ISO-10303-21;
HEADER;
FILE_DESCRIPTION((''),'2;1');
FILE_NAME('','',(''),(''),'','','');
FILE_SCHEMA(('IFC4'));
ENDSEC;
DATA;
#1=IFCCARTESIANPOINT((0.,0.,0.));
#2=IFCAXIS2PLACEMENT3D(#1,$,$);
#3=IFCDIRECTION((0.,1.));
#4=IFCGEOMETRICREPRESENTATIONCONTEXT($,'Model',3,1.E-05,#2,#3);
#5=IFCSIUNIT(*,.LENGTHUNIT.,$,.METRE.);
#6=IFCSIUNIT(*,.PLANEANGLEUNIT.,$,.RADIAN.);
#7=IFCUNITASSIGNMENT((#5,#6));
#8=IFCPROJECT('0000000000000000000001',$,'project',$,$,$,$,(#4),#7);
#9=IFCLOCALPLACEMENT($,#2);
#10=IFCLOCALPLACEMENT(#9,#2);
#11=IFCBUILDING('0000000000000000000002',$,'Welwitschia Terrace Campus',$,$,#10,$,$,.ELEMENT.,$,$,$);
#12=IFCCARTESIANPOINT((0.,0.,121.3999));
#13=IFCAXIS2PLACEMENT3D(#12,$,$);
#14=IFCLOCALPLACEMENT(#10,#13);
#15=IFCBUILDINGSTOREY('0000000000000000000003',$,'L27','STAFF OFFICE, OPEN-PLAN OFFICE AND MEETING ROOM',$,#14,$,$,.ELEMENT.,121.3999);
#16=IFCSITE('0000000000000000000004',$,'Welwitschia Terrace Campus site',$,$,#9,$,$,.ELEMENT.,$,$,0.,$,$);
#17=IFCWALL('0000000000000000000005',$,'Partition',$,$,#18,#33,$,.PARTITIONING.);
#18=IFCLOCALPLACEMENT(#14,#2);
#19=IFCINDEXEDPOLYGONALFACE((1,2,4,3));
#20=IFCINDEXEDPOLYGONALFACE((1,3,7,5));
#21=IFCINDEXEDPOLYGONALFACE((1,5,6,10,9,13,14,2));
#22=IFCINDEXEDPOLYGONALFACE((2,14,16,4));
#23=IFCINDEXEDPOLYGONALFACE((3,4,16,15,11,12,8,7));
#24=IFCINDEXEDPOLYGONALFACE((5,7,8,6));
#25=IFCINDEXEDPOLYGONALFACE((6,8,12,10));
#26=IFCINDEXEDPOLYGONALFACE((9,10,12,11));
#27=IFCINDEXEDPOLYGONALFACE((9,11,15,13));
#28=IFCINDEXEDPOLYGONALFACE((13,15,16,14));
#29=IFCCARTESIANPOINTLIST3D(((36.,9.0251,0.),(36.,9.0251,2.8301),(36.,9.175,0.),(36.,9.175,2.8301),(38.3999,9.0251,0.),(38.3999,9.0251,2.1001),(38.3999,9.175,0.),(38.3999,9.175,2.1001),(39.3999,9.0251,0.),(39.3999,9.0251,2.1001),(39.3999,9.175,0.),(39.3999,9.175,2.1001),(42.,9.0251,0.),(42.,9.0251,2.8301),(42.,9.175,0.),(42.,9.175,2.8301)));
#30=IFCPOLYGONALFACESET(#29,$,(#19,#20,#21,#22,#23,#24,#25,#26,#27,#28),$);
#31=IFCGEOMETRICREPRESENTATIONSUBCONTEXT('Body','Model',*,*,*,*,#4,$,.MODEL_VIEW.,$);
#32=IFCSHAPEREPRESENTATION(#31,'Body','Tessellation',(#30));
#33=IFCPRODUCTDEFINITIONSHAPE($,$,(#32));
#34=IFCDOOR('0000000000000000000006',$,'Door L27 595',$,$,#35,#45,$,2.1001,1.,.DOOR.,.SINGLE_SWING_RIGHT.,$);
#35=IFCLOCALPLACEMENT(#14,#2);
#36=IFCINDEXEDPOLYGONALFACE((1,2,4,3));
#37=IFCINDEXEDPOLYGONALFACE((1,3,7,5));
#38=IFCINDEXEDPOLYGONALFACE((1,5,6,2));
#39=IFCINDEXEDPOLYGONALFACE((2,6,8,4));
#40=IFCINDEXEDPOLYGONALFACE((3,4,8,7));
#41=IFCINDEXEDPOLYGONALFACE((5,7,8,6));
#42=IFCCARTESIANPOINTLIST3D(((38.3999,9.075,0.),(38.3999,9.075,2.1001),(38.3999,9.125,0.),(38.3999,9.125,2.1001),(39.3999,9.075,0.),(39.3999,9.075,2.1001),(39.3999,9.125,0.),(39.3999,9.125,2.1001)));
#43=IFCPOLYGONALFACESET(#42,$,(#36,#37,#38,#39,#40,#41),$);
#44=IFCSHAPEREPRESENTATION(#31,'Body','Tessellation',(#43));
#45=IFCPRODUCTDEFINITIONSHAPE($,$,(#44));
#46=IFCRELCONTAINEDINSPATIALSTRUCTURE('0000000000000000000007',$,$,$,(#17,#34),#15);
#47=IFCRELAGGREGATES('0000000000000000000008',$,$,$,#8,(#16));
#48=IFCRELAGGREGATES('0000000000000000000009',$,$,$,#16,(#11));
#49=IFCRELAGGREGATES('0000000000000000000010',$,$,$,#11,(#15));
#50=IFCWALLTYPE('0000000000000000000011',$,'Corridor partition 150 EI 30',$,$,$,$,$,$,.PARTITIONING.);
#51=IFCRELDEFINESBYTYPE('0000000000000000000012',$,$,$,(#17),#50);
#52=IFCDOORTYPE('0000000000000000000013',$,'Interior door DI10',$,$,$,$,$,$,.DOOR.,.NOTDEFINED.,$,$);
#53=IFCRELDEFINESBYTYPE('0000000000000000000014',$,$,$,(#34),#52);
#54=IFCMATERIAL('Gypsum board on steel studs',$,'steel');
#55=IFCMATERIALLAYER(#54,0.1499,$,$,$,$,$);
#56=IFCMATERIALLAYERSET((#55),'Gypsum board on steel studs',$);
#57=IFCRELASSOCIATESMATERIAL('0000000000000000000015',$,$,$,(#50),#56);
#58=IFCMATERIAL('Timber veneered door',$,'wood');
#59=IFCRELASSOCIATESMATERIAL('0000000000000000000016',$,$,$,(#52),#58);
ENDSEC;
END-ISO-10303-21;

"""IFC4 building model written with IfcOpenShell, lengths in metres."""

from ifc_helpers import new_model, si_unit, direction, frame, frame_2d, origin, place, context, subcontext, project, spatial, rectangle, extrude, material, layer, layer_set, type_object, element, fill, save


model = new_model("IFC4")

# Units and contexts
model_context = context("Model", 3, precision=1e-05, world=origin(), true_north=direction((0.0, 1.0)))
body_context = subcontext(model_context, "Body", "Model", "MODEL_VIEW")
ifc_project = project(units=[si_unit("LENGTHUNIT", "METRE"), si_unit("PLANEANGLEUNIT", "RADIAN")], contexts=[model_context])

# Site, building, storey
site_placement = place(None, origin())
site = spatial("IfcSite", under=ifc_project, at=site_placement, Name="Welwitschia Terrace Campus site", CompositionType="ELEMENT", RefElevation=0.0)
building_placement = place(site_placement, origin())
building = spatial("IfcBuilding", under=site, at=building_placement, Name="Welwitschia Terrace Campus", CompositionType="ELEMENT")
storey_placement = place(building_placement, frame((0.0, 0.0, 121.3999)))
storey = spatial("IfcBuildingStorey", under=building, at=storey_placement, Name="L27", Description="STAFF OFFICE, OPEN-PLAN OFFICE AND MEETING ROOM", CompositionType="ELEMENT", Elevation=121.3999)

# Shared definitions
ifc_material_1 = material(Name="Gypsum board on steel studs", Category="steel")
ifc_layer_1 = layer(ifc_material_1, 0.1499)
ifc_layer_set_1 = layer_set([ifc_layer_1], Name="Gypsum board on steel studs")
wall_type = type_object("IfcWallType", Name="Corridor partition 150 EI 30", PredefinedType="PARTITIONING", material=ifc_layer_set_1)

# Wall, opening, door
wall_1_placement = place(storey_placement, frame((36.0, 9.1001, 0.0), z_axis=(0.0, 0.0, 1.0), x_axis=(1.0, 0.0, 0.0)))
wall_1 = element("IfcWall", 1, at=wall_1_placement, inside=storey, type_object=wall_type, Name="Partition", PredefinedType="PARTITIONING", context=body_context, shape_type="SweptSolid", body=[
    extrude(rectangle(XDim=6.0, YDim=0.1499, at=frame_2d((3.0, 0.0))), origin(), (0.0, 0.0, 1.0), 2.8301),
])
opening_placement = place(wall_1_placement, frame((2.3999, 0.0, 0.0)))
opening = element("IfcOpeningElement", 2, at=opening_placement, cuts=wall_1, PredefinedType="OPENING", context=body_context, shape_type="SweptSolid", body=[
    extrude(rectangle(XDim=1.0, YDim=2.1001, at=frame_2d((0.5, 1.05))), frame((0.0, 0.085, 0.0), z_axis=(0.0, -1.0, 0.0), x_axis=(1.0, 0.0, 0.0)), (0.0, 0.0, 1.0), 0.1699),
])
ifc_material_2 = material(Name="Timber veneered door", Category="wood")
door_type = type_object("IfcDoorType", Name="Interior door DI10", OperationType="NOTDEFINED", PredefinedType="DOOR", material=ifc_material_2)
door_placement = place(opening_placement, origin())
door = element("IfcDoor", 3, at=door_placement, inside=storey, type_object=door_type, Name="Door L27 595", OperationType="SINGLE_SWING_RIGHT", OverallHeight=2.1001, OverallWidth=1.0, PredefinedType="DOOR", context=body_context, shape_type="SweptSolid", body=[
    extrude(rectangle(XDim=1.0, YDim=2.1001, at=frame_2d((0.5, 1.05))), frame((0.0, 0.0249, 0.0), z_axis=(0.0, -1.0, 0.0), x_axis=(1.0, 0.0, 0.0)), (0.0, 0.0, 1.0), 0.05),
])
fill(opening, door)

save(model, "model.ifc")
